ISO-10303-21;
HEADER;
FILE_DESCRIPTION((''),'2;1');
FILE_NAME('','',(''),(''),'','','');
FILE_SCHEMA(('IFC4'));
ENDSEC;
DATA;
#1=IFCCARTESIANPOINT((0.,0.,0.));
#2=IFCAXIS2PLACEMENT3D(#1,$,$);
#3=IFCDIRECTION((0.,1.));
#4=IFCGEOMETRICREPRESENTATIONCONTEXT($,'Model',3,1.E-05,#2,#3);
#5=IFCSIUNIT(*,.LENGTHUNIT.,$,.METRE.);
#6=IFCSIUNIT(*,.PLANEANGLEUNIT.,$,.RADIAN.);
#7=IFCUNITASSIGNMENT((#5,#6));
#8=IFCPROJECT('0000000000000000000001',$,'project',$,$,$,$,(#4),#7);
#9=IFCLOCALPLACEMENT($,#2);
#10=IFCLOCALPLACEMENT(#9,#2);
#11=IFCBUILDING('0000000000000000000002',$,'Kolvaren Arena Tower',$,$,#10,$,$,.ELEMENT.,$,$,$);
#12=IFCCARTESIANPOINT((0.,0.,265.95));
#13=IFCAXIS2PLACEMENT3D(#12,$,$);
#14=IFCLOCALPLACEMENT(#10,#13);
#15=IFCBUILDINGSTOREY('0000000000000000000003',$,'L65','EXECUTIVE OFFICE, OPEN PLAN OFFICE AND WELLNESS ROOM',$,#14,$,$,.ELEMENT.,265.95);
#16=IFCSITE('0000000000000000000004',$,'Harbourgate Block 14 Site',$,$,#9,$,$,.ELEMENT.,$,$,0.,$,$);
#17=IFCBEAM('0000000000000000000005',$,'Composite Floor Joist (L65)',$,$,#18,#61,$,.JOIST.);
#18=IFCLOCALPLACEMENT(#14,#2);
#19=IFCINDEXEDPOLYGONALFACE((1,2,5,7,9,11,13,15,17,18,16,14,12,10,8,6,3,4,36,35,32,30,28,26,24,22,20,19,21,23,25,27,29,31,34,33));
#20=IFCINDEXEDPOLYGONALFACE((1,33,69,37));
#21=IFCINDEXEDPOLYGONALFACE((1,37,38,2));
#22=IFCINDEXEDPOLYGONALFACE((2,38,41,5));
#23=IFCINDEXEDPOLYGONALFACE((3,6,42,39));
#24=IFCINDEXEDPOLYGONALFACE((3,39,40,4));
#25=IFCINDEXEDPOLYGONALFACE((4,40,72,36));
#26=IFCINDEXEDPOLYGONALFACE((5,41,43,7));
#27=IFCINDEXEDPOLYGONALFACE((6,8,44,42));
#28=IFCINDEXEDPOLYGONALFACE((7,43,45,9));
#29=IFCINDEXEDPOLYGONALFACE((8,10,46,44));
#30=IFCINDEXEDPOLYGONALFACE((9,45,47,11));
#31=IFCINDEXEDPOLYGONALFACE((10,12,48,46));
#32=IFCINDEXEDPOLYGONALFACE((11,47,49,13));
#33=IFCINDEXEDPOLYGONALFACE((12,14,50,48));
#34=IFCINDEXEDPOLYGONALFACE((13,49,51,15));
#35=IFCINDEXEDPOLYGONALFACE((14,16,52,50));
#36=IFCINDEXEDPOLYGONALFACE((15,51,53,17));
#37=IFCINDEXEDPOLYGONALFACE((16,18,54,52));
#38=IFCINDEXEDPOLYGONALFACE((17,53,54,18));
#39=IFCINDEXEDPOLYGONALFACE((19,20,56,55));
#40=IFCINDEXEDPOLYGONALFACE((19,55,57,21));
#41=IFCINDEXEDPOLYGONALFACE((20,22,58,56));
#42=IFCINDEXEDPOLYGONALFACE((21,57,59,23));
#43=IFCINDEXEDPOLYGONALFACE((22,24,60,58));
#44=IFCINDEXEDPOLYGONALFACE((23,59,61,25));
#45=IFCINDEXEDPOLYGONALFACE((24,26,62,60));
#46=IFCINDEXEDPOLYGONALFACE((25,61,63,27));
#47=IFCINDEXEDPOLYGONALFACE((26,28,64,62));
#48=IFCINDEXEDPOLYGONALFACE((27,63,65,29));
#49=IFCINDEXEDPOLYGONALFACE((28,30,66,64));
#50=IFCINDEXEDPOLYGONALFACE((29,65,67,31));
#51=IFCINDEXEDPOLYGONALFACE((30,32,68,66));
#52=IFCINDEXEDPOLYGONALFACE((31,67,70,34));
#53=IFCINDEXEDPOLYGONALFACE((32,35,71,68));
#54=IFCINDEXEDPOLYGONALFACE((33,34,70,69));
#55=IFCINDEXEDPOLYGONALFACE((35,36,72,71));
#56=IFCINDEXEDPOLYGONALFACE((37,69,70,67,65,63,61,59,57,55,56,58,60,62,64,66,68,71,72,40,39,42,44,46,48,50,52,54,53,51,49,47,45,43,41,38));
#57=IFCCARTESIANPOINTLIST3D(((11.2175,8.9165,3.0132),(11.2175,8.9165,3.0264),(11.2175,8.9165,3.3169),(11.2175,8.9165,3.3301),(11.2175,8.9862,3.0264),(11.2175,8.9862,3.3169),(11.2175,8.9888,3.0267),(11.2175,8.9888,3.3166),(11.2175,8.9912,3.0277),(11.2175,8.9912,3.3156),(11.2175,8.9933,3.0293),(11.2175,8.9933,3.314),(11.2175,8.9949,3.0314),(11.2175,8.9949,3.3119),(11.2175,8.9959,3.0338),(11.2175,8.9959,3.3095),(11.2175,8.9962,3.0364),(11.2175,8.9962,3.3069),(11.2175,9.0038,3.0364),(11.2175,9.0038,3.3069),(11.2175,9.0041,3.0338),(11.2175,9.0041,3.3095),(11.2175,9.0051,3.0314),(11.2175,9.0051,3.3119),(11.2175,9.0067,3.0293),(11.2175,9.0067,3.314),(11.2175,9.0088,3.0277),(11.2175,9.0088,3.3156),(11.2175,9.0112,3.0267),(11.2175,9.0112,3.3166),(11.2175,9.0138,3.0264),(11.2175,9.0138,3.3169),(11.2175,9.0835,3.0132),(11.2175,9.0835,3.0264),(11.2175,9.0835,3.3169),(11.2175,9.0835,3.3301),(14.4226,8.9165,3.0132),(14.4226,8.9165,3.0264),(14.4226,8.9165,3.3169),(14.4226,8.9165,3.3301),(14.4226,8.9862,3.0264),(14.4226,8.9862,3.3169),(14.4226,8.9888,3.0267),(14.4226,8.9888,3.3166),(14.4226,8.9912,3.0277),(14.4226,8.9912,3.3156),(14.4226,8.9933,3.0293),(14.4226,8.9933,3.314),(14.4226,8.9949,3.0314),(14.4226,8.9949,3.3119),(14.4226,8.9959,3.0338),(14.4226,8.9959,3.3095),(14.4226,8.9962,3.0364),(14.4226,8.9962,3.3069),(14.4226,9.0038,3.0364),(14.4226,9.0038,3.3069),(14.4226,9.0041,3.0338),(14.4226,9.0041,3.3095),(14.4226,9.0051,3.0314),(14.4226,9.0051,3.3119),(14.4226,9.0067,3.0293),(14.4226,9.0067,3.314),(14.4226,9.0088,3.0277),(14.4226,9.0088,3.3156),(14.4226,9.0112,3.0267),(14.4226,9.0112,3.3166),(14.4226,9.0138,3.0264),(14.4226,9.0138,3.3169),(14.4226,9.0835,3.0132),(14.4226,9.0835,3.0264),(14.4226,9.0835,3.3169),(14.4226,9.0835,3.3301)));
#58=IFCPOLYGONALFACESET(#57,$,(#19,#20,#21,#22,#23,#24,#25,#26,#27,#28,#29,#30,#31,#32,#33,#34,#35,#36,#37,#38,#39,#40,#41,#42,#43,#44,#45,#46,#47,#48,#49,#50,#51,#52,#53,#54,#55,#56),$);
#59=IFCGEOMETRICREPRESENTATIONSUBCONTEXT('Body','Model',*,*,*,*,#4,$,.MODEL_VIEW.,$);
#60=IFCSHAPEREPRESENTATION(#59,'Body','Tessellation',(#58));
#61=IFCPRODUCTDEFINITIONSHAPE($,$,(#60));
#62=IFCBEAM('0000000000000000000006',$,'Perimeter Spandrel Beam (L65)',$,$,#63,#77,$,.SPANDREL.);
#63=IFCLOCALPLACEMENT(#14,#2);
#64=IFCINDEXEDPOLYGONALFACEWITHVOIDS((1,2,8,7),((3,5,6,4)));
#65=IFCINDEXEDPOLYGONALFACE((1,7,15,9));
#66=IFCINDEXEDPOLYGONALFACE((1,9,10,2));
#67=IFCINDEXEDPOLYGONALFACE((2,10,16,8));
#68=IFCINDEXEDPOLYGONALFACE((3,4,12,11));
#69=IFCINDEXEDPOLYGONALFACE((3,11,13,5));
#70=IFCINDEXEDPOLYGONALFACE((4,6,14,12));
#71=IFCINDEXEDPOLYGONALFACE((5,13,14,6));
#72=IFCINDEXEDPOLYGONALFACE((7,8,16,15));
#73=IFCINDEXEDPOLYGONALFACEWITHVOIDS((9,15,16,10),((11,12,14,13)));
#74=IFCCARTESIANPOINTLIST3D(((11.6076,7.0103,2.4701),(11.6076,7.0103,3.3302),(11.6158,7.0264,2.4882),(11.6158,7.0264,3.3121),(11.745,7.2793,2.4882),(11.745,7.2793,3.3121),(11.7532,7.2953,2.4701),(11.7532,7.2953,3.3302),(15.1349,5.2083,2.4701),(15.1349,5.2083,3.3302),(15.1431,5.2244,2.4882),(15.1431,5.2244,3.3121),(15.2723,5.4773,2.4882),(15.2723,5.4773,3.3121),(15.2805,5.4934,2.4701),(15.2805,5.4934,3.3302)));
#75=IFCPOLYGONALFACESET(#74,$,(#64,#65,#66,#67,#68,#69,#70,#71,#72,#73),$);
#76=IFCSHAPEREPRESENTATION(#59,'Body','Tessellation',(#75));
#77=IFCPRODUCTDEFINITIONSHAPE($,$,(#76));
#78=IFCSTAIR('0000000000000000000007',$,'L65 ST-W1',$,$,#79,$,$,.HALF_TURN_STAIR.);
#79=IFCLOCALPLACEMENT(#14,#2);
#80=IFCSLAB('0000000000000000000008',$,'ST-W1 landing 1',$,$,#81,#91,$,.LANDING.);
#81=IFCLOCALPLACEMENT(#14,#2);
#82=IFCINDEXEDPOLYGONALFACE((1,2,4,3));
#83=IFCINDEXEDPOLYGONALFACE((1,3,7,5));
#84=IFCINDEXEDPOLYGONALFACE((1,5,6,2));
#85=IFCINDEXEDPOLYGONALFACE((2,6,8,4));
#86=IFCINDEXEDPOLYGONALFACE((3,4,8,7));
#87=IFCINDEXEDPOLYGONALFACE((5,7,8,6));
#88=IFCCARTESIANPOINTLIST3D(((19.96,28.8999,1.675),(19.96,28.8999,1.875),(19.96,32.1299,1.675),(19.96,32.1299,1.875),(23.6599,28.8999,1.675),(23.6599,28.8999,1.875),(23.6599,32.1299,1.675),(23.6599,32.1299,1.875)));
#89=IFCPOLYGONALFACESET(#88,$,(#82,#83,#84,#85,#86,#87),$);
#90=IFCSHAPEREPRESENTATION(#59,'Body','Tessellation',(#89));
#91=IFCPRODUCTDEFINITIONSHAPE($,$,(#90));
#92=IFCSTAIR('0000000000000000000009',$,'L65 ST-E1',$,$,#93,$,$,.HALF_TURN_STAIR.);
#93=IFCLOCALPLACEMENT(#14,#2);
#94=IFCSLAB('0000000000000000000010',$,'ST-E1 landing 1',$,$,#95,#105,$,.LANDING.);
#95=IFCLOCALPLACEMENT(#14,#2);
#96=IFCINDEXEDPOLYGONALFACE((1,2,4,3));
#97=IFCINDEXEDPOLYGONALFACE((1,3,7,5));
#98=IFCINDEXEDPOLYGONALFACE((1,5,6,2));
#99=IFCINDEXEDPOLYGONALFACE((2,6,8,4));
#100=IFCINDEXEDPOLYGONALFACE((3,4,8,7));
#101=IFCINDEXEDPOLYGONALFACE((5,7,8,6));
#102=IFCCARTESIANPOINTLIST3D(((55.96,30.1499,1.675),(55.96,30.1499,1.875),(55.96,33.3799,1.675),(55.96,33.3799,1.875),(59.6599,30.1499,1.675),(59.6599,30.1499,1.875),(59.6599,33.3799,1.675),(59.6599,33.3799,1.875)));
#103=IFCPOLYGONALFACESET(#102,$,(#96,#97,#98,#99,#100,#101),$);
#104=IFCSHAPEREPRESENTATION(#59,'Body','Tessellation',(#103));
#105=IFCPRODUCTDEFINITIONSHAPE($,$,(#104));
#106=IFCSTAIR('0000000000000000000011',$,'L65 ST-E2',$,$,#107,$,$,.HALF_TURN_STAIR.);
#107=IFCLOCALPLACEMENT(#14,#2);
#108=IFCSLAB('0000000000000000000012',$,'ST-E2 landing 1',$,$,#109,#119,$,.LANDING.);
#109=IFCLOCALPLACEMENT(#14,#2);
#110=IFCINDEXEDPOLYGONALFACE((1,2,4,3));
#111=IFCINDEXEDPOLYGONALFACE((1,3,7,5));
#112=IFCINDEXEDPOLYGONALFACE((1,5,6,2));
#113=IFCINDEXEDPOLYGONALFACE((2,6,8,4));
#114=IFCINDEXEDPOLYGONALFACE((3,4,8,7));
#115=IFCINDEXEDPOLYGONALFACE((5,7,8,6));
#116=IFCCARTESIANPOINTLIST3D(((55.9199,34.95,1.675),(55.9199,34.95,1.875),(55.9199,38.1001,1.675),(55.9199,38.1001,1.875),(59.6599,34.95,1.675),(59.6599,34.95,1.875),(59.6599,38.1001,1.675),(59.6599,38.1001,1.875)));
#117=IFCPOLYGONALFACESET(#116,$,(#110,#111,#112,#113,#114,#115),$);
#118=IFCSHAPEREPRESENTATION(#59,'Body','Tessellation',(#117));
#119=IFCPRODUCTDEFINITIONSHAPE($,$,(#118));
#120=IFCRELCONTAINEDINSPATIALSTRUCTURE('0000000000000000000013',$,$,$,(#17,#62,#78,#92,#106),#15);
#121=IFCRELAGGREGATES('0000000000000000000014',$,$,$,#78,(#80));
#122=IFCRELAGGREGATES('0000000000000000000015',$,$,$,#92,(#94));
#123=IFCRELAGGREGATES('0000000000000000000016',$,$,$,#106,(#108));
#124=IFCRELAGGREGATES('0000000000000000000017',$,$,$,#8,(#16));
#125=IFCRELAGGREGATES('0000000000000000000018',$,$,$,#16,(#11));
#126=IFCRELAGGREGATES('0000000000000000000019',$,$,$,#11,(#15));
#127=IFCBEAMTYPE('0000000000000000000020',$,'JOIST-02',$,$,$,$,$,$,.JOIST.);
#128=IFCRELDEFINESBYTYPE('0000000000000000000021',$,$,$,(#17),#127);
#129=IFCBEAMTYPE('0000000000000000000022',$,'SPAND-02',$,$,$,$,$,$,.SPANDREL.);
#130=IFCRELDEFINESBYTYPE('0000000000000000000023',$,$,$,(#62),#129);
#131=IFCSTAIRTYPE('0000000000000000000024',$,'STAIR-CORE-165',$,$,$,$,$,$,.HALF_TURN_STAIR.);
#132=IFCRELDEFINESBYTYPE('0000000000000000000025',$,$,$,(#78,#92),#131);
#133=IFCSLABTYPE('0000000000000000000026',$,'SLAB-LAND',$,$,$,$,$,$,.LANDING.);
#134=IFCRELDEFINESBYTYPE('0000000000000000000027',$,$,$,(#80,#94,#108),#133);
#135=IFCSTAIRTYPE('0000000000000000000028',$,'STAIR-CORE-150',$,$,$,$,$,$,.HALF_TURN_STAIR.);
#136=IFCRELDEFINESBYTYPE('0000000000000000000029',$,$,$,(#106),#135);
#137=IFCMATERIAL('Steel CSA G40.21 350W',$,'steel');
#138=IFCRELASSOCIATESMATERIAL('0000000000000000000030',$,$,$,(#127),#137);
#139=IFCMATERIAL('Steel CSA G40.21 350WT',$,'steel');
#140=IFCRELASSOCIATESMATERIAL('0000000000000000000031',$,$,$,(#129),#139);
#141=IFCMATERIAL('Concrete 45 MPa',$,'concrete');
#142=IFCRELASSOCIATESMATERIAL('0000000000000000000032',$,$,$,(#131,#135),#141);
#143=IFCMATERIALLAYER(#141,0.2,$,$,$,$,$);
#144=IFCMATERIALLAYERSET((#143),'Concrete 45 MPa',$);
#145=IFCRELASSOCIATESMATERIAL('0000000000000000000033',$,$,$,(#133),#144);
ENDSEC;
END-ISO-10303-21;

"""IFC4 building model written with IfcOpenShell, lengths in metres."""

from ifc_helpers import new_model, si_unit, direction, frame, origin, origin_2d, place, context, subcontext, project, spatial, polyline, hollow_rectangle, i_section, outline, extrude, material, layer, layer_set, material_profile, profile_set, type_object, element, aggregate, save


model = new_model("IFC4")

# Units and contexts
model_context = context("Model", 3, precision=1e-05, world=origin(), true_north=direction((0.0, 1.0)))
body_context = subcontext(model_context, "Body", "Model", "MODEL_VIEW")
ifc_project = project(units=[si_unit("LENGTHUNIT", "METRE"), si_unit("PLANEANGLEUNIT", "RADIAN")], contexts=[model_context])

# Site, building, storey
site_placement = place(None, origin())
site = spatial("IfcSite", under=ifc_project, at=site_placement, Name="Harbourgate Block 14 Site", CompositionType="ELEMENT", RefElevation=0.0)
building_placement = place(site_placement, origin())
building = spatial("IfcBuilding", under=site, at=building_placement, Name="Kolvaren Arena Tower", CompositionType="ELEMENT")
storey_placement = place(building_placement, frame((0.0, 0.0, 265.95)))
storey = spatial("IfcBuildingStorey", under=building, at=storey_placement, Name="L65", Description="EXECUTIVE OFFICE, OPEN PLAN OFFICE AND WELLNESS ROOM", CompositionType="ELEMENT", Elevation=265.95)

# Beams
ifc_material_1 = material(Name="Steel CSA G40.21 350W", Category="steel")
ifc_material_profile_1 = material_profile(ifc_material_1, i_section(OverallWidth=0.167, OverallDepth=0.3169, WebThickness=0.0076, FlangeThickness=0.0132, FilletRadius=0.01, at=origin_2d()), Name="W310x52")
ifc_profile_set_1 = profile_set([ifc_material_profile_1], Name="Steel CSA G40.21 350W")
beam_type_1 = type_object("IfcBeamType", Name="JOIST-02", PredefinedType="JOIST", material=ifc_profile_set_1)
beam_1_placement = place(storey_placement, frame((11.2175, 9.0, 3.1716), z_axis=(1.0, 0.0, 0.0), x_axis=(0.0, 1.0, 0.0)))
element("IfcBeam", 1, at=beam_1_placement, inside=storey, type_object=beam_type_1, Name="Composite Floor Joist (L65)", PredefinedType="JOIST", context=body_context, shape_type="SweptSolid", body=[
    extrude(i_section(OverallWidth=0.167, OverallDepth=0.3169, WebThickness=0.0076, FlangeThickness=0.0132, FilletRadius=0.01, at=origin_2d()), origin(), (0.0, 0.0, 1.0), 3.2051),
])
ifc_material_2 = material(Name="Steel CSA G40.21 350WT", Category="steel")
ifc_material_profile_2 = material_profile(ifc_material_2, hollow_rectangle(XDim=0.3201, YDim=0.8601, WallThickness=0.0181, at=origin_2d()), Name="HSS 860x320x18")
ifc_profile_set_2 = profile_set([ifc_material_profile_2], Name="Steel CSA G40.21 350WT")
beam_type_2 = type_object("IfcBeamType", Name="SPAND-02", PredefinedType="SPANDREL", material=ifc_profile_set_2)
beam_2_placement = place(storey_placement, frame((11.6804, 7.1528, 2.9001), z_axis=(0.890523, -0.454938, 0.0), x_axis=(0.454938, 0.890523, 0.0)))
element("IfcBeam", 2, at=beam_2_placement, inside=storey, type_object=beam_type_2, Name="Perimeter Spandrel Beam (L65)", PredefinedType="SPANDREL", context=body_context, shape_type="SweptSolid", body=[
    extrude(hollow_rectangle(XDim=0.3201, YDim=0.8601, WallThickness=0.0181, at=origin_2d()), origin(), (0.0, 0.0, 1.0), 3.9609),
])

# Stairs, slabs
ifc_material_3 = material(Name="Concrete 45 MPa", Category="concrete")
stair_type_1 = type_object("IfcStairType", Name="STAIR-CORE-165", PredefinedType="HALF_TURN_STAIR", material=ifc_material_3)
stair_1_placement = place(storey_placement, origin())
stair_1 = element("IfcStair", 3, at=stair_1_placement, inside=storey, type_object=stair_type_1, Name="L65 ST-W1", PredefinedType="HALF_TURN_STAIR")
ifc_layer_1 = layer(ifc_material_3, 0.2)
ifc_layer_set_1 = layer_set([ifc_layer_1], Name="Concrete 45 MPa")
slab_type_1 = type_object("IfcSlabType", Name="SLAB-LAND", PredefinedType="LANDING", material=ifc_layer_set_1)
slab_1_placement = place(storey_placement, frame((0.0, 0.0, 1.675)))
slab_1 = element("IfcSlab", 4, at=slab_1_placement, type_object=slab_type_1, Name="ST-W1 landing 1", PredefinedType="LANDING", context=body_context, shape_type="SweptSolid", body=[
    extrude(outline(polyline([(19.96, 28.8999), (23.6599, 28.8999), (23.6599, 32.1299), (19.96, 32.1299), (19.96, 28.8999)])), origin(), (0.0, 0.0, 1.0), 0.2),
])
aggregate(stair_1, [slab_1])
stair_2_placement = place(storey_placement, origin())
stair_2 = element("IfcStair", 5, at=stair_2_placement, inside=storey, type_object=stair_type_1, Name="L65 ST-E1", PredefinedType="HALF_TURN_STAIR")
slab_2_placement = place(storey_placement, frame((0.0, 0.0, 1.675)))
slab_2 = element("IfcSlab", 6, at=slab_2_placement, type_object=slab_type_1, Name="ST-E1 landing 1", PredefinedType="LANDING", context=body_context, shape_type="SweptSolid", body=[
    extrude(outline(polyline([(55.96, 30.1499), (59.6599, 30.1499), (59.6599, 33.3799), (55.96, 33.3799), (55.96, 30.1499)])), origin(), (0.0, 0.0, 1.0), 0.2),
])
aggregate(stair_2, [slab_2])
stair_type_2 = type_object("IfcStairType", Name="STAIR-CORE-150", PredefinedType="HALF_TURN_STAIR", material=ifc_material_3)
stair_3_placement = place(storey_placement, origin())
stair_3 = element("IfcStair", 7, at=stair_3_placement, inside=storey, type_object=stair_type_2, Name="L65 ST-E2", PredefinedType="HALF_TURN_STAIR")
slab_3_placement = place(storey_placement, frame((0.0, 0.0, 1.675)))
slab_3 = element("IfcSlab", 8, at=slab_3_placement, type_object=slab_type_1, Name="ST-E2 landing 1", PredefinedType="LANDING", context=body_context, shape_type="SweptSolid", body=[
    extrude(outline(polyline([(55.9199, 34.95), (59.6599, 34.95), (59.6599, 38.1001), (55.9199, 38.1001), (55.9199, 34.95)])), origin(), (0.0, 0.0, 1.0), 0.2),
])
aggregate(stair_3, [slab_3])

save(model, "model.ifc")
